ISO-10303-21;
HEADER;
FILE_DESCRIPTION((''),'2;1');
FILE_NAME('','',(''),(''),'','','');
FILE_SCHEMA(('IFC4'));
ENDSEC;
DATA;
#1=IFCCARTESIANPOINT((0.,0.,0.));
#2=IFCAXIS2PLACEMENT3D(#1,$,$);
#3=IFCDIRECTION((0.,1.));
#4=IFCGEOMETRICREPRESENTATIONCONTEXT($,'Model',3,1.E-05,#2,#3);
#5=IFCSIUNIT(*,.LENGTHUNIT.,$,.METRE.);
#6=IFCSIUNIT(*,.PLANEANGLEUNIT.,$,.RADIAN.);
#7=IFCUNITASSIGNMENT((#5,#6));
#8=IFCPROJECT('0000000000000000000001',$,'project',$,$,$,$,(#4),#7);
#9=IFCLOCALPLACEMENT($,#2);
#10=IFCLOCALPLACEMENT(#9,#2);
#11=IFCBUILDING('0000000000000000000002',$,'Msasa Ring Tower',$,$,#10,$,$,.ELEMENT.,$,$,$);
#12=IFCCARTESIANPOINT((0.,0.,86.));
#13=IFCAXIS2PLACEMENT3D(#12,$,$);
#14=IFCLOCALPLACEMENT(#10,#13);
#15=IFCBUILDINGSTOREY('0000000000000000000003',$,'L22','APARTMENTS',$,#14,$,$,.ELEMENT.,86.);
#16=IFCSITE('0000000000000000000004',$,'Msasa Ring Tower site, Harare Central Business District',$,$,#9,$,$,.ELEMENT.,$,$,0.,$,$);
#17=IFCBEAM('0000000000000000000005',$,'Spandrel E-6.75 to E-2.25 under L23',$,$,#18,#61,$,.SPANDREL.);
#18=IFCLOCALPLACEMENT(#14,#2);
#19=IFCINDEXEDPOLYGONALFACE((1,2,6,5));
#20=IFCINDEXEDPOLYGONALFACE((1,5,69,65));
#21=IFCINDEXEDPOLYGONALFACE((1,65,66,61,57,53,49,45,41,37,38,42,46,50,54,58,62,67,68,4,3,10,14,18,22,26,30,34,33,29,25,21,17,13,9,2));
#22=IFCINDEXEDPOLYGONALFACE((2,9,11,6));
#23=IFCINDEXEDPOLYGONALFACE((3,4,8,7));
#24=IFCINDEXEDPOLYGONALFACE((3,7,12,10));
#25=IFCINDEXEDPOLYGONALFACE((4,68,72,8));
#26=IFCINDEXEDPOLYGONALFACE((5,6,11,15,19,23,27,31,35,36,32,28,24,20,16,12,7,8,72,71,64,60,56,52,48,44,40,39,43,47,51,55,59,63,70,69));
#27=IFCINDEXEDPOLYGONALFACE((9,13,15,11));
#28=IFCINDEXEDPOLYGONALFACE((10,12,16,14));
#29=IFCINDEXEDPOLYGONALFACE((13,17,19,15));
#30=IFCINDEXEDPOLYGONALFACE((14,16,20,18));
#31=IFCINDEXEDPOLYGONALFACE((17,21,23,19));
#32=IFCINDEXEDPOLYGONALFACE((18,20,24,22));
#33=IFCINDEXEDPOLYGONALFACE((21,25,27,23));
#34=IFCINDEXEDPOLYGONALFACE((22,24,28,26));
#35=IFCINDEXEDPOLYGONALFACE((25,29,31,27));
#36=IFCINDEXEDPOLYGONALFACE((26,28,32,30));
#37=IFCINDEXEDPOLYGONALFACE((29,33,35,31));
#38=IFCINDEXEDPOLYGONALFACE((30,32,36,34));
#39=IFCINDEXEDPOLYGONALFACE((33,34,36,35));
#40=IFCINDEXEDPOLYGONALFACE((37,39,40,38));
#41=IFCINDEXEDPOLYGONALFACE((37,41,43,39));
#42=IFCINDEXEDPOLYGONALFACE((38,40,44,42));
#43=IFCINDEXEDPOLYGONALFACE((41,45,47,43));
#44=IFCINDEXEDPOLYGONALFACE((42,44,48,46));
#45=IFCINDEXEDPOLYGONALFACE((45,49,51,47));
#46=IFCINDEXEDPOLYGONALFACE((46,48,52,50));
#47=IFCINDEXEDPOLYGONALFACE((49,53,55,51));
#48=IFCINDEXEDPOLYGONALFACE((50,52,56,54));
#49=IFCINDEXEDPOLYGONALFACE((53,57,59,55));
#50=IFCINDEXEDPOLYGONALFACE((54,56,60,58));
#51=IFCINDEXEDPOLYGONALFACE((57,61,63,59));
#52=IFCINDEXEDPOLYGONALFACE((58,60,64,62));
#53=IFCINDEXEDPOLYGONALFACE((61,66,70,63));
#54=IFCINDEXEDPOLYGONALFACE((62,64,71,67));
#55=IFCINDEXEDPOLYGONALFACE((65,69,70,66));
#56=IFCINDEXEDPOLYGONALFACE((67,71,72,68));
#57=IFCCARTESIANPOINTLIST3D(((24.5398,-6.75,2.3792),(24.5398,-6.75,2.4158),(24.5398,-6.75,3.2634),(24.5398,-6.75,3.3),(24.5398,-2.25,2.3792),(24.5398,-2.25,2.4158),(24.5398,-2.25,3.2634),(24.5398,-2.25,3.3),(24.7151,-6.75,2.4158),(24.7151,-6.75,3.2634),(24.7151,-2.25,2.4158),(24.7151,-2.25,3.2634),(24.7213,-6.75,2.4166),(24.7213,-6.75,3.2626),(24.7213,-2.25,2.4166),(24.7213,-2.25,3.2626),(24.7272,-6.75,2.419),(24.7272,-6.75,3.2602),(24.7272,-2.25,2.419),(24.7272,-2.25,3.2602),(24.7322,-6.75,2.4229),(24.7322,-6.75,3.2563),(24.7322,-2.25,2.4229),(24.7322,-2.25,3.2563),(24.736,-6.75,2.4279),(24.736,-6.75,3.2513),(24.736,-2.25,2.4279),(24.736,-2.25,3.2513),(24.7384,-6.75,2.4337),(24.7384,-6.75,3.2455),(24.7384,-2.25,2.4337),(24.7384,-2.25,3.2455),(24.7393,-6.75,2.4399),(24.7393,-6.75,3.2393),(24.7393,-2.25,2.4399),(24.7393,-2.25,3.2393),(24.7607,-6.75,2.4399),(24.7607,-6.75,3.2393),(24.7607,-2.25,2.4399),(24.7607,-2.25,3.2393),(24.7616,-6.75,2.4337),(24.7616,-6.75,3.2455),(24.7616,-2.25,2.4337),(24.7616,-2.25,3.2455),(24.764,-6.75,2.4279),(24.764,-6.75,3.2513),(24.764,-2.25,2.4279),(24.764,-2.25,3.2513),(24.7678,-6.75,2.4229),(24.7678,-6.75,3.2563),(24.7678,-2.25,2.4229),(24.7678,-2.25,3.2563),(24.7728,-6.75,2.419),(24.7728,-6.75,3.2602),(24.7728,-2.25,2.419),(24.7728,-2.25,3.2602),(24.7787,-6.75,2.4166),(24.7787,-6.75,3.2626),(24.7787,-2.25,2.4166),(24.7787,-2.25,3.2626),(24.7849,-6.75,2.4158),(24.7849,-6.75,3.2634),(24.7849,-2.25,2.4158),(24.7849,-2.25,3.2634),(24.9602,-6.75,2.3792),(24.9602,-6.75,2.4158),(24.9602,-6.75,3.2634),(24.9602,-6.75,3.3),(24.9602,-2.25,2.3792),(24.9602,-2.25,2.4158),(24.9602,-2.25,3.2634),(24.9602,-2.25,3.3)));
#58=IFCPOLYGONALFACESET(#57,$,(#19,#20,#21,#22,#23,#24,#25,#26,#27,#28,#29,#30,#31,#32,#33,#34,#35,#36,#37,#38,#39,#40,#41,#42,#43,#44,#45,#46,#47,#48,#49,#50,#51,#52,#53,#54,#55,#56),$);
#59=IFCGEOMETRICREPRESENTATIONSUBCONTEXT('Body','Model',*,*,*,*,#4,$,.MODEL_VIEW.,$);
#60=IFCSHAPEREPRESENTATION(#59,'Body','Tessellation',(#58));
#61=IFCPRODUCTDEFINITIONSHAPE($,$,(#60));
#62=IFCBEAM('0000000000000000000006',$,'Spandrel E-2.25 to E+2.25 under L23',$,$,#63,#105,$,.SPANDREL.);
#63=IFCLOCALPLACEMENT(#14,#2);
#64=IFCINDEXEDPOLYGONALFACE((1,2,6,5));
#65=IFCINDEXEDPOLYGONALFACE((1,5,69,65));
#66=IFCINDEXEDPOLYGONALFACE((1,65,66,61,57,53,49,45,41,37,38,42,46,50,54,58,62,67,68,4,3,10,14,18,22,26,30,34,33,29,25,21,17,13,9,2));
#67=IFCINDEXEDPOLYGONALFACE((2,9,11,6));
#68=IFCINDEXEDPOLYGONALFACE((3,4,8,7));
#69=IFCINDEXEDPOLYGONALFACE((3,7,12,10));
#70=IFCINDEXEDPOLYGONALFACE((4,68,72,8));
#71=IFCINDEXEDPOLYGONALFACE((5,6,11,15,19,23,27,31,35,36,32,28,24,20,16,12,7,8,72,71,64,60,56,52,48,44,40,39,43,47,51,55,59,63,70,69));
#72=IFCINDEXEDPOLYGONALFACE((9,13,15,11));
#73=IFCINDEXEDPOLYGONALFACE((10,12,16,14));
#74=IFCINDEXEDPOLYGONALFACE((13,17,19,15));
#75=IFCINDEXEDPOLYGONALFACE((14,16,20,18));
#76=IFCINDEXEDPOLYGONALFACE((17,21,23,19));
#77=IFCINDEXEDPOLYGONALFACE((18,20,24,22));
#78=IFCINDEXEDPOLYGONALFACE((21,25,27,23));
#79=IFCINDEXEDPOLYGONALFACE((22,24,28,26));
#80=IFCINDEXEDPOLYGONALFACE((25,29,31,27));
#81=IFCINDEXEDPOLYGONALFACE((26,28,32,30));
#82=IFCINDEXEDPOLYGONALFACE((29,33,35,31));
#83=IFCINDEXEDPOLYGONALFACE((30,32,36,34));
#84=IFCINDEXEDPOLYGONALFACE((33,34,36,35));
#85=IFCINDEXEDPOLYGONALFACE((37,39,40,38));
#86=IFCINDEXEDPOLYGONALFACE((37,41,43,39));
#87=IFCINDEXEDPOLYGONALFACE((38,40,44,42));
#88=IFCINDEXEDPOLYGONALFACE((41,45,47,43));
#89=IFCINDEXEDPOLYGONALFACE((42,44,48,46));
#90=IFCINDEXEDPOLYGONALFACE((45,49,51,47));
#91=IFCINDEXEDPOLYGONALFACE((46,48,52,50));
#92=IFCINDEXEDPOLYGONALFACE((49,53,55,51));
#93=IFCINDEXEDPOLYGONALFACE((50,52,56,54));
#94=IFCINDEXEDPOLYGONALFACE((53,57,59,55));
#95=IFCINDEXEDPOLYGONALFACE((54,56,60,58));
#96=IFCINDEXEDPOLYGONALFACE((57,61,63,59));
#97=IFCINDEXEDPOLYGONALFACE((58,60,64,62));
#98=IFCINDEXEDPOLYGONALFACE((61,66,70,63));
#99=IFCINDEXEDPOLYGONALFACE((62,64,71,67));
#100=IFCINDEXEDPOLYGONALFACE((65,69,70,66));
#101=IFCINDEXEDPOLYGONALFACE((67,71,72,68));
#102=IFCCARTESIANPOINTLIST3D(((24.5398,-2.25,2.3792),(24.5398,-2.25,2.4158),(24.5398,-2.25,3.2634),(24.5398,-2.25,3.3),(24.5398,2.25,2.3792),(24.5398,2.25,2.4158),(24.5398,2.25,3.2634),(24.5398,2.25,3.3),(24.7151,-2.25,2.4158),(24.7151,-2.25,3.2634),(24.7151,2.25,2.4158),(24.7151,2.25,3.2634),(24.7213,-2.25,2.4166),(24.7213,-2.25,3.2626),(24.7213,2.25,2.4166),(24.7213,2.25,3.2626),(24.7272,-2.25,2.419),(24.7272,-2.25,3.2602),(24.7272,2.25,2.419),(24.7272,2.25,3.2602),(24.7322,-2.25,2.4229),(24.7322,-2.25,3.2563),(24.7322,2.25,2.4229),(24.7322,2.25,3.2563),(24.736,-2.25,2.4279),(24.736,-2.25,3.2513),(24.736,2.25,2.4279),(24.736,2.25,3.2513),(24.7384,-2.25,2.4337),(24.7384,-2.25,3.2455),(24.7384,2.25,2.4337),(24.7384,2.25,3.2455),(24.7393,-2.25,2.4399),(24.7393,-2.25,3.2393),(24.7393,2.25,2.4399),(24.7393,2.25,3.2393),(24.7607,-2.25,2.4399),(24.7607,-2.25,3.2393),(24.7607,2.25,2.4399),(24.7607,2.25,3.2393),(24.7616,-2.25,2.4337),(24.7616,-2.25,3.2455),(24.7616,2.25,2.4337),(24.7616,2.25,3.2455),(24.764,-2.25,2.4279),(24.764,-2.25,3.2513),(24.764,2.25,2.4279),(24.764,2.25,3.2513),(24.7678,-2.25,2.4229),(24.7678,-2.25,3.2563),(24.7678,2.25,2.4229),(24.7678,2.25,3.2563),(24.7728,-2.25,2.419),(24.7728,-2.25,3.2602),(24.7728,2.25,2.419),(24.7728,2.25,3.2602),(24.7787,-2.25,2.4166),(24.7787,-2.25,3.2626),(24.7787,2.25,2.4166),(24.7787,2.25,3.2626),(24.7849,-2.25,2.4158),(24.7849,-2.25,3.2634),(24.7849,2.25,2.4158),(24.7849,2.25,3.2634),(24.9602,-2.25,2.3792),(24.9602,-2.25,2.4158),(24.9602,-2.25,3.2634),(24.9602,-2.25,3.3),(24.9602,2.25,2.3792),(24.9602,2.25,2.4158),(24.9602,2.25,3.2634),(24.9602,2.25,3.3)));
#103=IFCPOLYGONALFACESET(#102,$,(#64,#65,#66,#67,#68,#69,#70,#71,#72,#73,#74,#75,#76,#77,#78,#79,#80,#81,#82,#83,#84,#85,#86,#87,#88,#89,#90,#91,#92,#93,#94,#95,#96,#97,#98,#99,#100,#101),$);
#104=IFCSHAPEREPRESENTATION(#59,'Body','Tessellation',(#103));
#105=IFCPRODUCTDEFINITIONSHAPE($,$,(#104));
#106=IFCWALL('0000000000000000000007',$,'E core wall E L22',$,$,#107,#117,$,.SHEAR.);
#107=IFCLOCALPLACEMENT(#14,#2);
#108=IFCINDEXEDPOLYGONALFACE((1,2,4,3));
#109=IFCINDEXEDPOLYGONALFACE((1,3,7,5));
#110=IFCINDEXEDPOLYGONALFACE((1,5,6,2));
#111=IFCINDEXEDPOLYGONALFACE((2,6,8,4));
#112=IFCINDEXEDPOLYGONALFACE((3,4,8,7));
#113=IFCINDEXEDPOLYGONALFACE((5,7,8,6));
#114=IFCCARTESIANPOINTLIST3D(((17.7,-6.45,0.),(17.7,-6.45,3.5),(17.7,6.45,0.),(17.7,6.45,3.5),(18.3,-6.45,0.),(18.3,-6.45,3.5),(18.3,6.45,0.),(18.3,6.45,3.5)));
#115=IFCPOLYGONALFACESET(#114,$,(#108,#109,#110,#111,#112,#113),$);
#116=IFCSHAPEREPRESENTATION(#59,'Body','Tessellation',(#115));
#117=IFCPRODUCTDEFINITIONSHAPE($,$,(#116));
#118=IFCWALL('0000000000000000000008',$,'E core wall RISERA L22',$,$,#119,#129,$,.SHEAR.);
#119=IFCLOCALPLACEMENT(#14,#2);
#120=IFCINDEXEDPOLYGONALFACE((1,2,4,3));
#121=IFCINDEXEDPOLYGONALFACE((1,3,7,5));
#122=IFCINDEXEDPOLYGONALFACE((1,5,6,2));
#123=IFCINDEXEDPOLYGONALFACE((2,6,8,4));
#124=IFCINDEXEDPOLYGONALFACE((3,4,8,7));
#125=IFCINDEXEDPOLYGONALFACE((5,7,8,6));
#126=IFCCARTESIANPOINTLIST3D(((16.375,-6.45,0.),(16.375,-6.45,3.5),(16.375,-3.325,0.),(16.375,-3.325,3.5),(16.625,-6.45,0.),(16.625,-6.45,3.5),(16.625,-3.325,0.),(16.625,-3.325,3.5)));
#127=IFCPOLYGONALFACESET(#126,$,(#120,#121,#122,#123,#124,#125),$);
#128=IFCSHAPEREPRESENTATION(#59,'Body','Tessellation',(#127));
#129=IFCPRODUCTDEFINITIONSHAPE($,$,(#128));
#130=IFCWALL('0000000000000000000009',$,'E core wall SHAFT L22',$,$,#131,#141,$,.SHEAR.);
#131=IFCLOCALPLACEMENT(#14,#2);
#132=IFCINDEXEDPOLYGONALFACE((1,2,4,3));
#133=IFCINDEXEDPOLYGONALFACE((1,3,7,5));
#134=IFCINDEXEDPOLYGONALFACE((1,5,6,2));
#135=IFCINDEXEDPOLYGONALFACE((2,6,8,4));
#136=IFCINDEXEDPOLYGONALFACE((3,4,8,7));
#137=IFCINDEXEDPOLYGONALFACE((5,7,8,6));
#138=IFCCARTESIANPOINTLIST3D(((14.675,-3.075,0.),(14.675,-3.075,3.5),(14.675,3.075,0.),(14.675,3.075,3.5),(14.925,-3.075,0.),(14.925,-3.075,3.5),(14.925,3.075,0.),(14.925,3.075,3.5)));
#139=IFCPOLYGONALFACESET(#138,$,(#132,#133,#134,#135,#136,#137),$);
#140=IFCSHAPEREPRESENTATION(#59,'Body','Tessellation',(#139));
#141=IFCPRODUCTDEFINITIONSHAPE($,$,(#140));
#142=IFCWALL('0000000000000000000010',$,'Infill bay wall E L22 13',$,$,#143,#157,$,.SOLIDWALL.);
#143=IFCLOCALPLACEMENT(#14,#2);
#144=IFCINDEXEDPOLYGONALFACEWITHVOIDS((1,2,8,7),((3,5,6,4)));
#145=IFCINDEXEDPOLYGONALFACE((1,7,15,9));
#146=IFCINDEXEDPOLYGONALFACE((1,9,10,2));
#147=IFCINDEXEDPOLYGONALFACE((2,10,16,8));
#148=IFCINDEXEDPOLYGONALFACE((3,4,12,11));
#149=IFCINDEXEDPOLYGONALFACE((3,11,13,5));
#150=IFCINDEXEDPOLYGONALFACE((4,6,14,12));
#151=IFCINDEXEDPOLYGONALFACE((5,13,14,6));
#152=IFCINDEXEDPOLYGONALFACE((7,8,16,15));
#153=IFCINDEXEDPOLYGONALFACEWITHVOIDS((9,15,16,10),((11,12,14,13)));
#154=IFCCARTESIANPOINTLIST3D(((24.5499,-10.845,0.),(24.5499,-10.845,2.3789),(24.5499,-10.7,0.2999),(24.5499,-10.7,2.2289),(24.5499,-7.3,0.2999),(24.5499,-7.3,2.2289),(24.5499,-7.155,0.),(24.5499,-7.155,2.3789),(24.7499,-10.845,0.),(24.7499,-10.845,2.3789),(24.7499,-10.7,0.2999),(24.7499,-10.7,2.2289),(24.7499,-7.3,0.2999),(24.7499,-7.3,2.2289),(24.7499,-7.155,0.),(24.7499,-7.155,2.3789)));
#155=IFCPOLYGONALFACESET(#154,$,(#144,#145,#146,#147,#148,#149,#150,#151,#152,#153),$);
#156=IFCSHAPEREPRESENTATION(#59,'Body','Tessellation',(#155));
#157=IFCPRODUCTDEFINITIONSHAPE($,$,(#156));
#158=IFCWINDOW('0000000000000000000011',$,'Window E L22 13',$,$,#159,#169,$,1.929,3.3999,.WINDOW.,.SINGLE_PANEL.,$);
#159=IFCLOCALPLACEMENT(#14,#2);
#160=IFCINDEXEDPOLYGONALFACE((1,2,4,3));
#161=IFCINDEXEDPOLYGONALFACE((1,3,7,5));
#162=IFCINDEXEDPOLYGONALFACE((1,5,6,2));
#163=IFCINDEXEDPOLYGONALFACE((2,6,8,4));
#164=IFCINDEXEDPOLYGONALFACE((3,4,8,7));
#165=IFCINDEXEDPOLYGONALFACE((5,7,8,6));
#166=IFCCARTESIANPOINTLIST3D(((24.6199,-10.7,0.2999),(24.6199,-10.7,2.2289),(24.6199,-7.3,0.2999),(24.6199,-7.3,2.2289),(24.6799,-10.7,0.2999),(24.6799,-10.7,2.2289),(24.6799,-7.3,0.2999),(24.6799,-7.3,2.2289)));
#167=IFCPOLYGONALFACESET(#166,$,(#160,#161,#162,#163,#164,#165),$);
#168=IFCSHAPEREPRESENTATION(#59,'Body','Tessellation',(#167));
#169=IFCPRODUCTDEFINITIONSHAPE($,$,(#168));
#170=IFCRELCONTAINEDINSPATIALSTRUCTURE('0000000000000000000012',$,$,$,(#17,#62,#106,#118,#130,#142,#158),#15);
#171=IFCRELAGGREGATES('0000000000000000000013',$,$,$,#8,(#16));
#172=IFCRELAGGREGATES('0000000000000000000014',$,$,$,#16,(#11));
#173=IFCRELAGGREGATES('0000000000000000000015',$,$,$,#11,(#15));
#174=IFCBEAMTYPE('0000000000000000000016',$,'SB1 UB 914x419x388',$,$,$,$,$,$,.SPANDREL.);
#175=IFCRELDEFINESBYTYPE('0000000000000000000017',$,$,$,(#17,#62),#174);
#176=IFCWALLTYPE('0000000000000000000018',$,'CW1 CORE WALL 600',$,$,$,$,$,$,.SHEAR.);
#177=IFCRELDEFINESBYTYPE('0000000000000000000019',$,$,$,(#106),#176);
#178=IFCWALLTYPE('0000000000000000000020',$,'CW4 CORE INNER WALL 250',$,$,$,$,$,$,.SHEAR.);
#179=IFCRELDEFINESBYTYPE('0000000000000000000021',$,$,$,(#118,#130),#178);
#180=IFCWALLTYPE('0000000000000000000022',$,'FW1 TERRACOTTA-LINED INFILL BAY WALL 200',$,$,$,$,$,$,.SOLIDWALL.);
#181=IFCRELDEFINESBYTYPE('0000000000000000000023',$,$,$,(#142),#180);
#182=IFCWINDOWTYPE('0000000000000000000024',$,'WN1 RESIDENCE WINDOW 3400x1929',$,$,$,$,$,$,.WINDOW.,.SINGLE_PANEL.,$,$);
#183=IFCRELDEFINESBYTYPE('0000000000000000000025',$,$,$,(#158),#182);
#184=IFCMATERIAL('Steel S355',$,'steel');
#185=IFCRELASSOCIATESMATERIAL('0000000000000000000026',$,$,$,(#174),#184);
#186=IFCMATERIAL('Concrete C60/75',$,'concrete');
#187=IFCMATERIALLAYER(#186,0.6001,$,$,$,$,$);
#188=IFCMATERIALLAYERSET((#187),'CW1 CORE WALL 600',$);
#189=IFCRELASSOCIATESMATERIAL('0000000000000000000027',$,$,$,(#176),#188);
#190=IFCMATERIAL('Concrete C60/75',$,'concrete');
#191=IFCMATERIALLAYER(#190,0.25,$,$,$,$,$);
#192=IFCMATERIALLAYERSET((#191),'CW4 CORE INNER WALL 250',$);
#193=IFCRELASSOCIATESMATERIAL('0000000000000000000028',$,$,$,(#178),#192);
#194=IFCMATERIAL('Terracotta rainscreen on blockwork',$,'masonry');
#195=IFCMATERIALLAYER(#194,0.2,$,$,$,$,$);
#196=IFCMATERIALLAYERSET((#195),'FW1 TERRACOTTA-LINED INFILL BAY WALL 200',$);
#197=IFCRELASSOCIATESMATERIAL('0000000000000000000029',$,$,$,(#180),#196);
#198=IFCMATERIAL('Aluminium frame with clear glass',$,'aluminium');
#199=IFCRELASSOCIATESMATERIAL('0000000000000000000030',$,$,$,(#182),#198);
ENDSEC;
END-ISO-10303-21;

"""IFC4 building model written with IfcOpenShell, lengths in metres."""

from ifc_helpers import new_model, si_unit, direction, frame, frame_2d, origin, origin_2d, place, context, subcontext, project, spatial, rectangle, i_section, extrude, material, layer, layer_set, material_profile, profile_set, type_object, element, fill, save


model = new_model("IFC4")

# Units and contexts
model_context = context("Model", 3, precision=1e-05, world=origin(), true_north=direction((0.0, 1.0)))
body_context = subcontext(model_context, "Body", "Model", "MODEL_VIEW")
ifc_project = project(units=[si_unit("LENGTHUNIT", "METRE"), si_unit("PLANEANGLEUNIT", "RADIAN")], contexts=[model_context])

# Site, building, storey
site_placement = place(None, origin())
site = spatial("IfcSite", under=ifc_project, at=site_placement, Name="Msasa Ring Tower site, Harare Central Business District", CompositionType="ELEMENT", RefElevation=0.0)
building_placement = place(site_placement, origin())
building = spatial("IfcBuilding", under=site, at=building_placement, Name="Msasa Ring Tower", CompositionType="ELEMENT")
storey_placement = place(building_placement, frame((0.0, 0.0, 86.0)))
storey = spatial("IfcBuildingStorey", under=building, at=storey_placement, Name="L22", Description="APARTMENTS", CompositionType="ELEMENT", Elevation=86.0)

# Beams
ifc_material_1 = material(Name="Steel S355", Category="steel")
ifc_material_profile_1 = material_profile(ifc_material_1, i_section(OverallWidth=0.4204, OverallDepth=0.9209, WebThickness=0.0215, FlangeThickness=0.0366, FilletRadius=0.0242, at=origin_2d()), Name="UB 914x419x388")
ifc_profile_set_1 = profile_set([ifc_material_profile_1], Name="Steel S355")
beam_type_1 = type_object("IfcBeamType", Name="SB1 UB 914x419x388", PredefinedType="SPANDREL", material=ifc_profile_set_1)
for number, where, z_axis, x_axis, name in (
    (1, (24.75, -6.75, 2.8396), (0.0, 1.0, 0.0), (-1.0, 0.0, 0.0), "Spandrel E-6.75 to E-2.25 under L23"),
    (2, (24.75, -2.25, 2.8396), (0.0, 1.0, 0.0), (-1.0, 0.0, 0.0), "Spandrel E-2.25 to E+2.25 under L23"),
):
    element("IfcBeam", number, at=place(storey_placement, frame(where, z_axis=z_axis, x_axis=x_axis)), inside=storey, type_object=beam_type_1, Name=name, PredefinedType="SPANDREL", context=body_context, shape_type="SweptSolid", body=[
        extrude(i_section(OverallWidth=0.4204, OverallDepth=0.9209, WebThickness=0.0215, FlangeThickness=0.0366, FilletRadius=0.0242, at=origin_2d()), origin(), (0.0, 0.0, 1.0), 4.5),
    ])

# Walls
ifc_material_2 = material(Name="Concrete C60/75", Category="concrete")
ifc_layer_1 = layer(ifc_material_2, 0.6001)
ifc_layer_set_1 = layer_set([ifc_layer_1], Name="CW1 CORE WALL 600")
wall_type_1 = type_object("IfcWallType", Name="CW1 CORE WALL 600", PredefinedType="SHEAR", material=ifc_layer_set_1)
wall_1_placement = place(storey_placement, frame((18.0, -6.45, 0.0), z_axis=(0.0, 0.0, 1.0), x_axis=(0.0, 1.0, 0.0)))
element("IfcWall", 3, at=wall_1_placement, inside=storey, type_object=wall_type_1, Name="E core wall E L22", PredefinedType="SHEAR", context=body_context, shape_type="SweptSolid", body=[
    extrude(rectangle(XDim=12.8999, YDim=0.6001, at=frame_2d((6.45, 0.0))), origin(), (0.0, 0.0, 1.0), 3.5),
])
ifc_material_3 = material(Name="Concrete C60/75", Category="concrete")
ifc_layer_2 = layer(ifc_material_3, 0.25)
ifc_layer_set_2 = layer_set([ifc_layer_2], Name="CW4 CORE INNER WALL 250")
wall_type_2 = type_object("IfcWallType", Name="CW4 CORE INNER WALL 250", PredefinedType="SHEAR", material=ifc_layer_set_2)
wall_2_placement = place(storey_placement, frame((16.5, -6.45, 0.0), z_axis=(0.0, 0.0, 1.0), x_axis=(0.0, 1.0, 0.0)))
element("IfcWall", 4, at=wall_2_placement, inside=storey, type_object=wall_type_2, Name="E core wall RISERA L22", PredefinedType="SHEAR", context=body_context, shape_type="SweptSolid", body=[
    extrude(rectangle(XDim=3.125, YDim=0.25, at=frame_2d((1.5625, 0.0))), origin(), (0.0, 0.0, 1.0), 3.5),
])
wall_3_placement = place(storey_placement, frame((14.8, -3.075, 0.0), z_axis=(0.0, 0.0, 1.0), x_axis=(0.0, 1.0, 0.0)))
element("IfcWall", 5, at=wall_3_placement, inside=storey, type_object=wall_type_2, Name="E core wall SHAFT L22", PredefinedType="SHEAR", context=body_context, shape_type="SweptSolid", body=[
    extrude(rectangle(XDim=6.1499, YDim=0.25, at=frame_2d((3.075, 0.0))), origin(), (0.0, 0.0, 1.0), 3.5),
])

# Wall, opening, window
ifc_material_4 = material(Name="Terracotta rainscreen on blockwork", Category="masonry")
ifc_layer_3 = layer(ifc_material_4, 0.2)
ifc_layer_set_3 = layer_set([ifc_layer_3], Name="FW1 TERRACOTTA-LINED INFILL BAY WALL 200")
wall_type_3 = type_object("IfcWallType", Name="FW1 TERRACOTTA-LINED INFILL BAY WALL 200", PredefinedType="SOLIDWALL", material=ifc_layer_set_3)
wall_4_placement = place(storey_placement, frame((24.6499, -10.845, 0.0), z_axis=(0.0, 0.0, 1.0), x_axis=(0.0, 1.0, 0.0)))
wall_4 = element("IfcWall", 6, at=wall_4_placement, inside=storey, type_object=wall_type_3, Name="Infill bay wall E L22 13", PredefinedType="SOLIDWALL", context=body_context, shape_type="SweptSolid", body=[
    extrude(rectangle(XDim=3.6899, YDim=0.2, at=frame_2d((1.845, 0.0))), origin(), (0.0, 0.0, 1.0), 2.3789),
])
opening_1_placement = place(wall_4_placement, frame((0.145, 0.0, 0.3)))
opening_1 = element("IfcOpeningElement", 7, at=opening_1_placement, cuts=wall_4, PredefinedType="OPENING", context=body_context, shape_type="SweptSolid", body=[
    extrude(rectangle(XDim=3.3999, YDim=1.929, at=frame_2d((1.7, 0.9644))), frame((0.0, 0.1099, 0.0), z_axis=(0.0, -1.0, 0.0), x_axis=(1.0, 0.0, 0.0)), (0.0, 0.0, 1.0), 0.22),
])
ifc_material_5 = material(Name="Aluminium frame with clear glass", Category="aluminium")
window_type = type_object("IfcWindowType", Name="WN1 RESIDENCE WINDOW 3400x1929", PartitioningType="SINGLE_PANEL", PredefinedType="WINDOW", material=ifc_material_5)
window_1_placement = place(opening_1_placement, origin())
window_1 = element("IfcWindow", 8, at=window_1_placement, inside=storey, type_object=window_type, Name="Window E L22 13", OverallHeight=1.929, OverallWidth=3.3999, PartitioningType="SINGLE_PANEL", PredefinedType="WINDOW", context=body_context, shape_type="SweptSolid", body=[
    extrude(rectangle(XDim=3.3999, YDim=1.929, at=frame_2d((1.7, 0.9644))), frame((0.0, 0.03, 0.0), z_axis=(0.0, -1.0, 0.0), x_axis=(1.0, 0.0, 0.0)), (0.0, 0.0, 1.0), 0.0601),
])
fill(opening_1, window_1)

save(model, "model.ifc")
